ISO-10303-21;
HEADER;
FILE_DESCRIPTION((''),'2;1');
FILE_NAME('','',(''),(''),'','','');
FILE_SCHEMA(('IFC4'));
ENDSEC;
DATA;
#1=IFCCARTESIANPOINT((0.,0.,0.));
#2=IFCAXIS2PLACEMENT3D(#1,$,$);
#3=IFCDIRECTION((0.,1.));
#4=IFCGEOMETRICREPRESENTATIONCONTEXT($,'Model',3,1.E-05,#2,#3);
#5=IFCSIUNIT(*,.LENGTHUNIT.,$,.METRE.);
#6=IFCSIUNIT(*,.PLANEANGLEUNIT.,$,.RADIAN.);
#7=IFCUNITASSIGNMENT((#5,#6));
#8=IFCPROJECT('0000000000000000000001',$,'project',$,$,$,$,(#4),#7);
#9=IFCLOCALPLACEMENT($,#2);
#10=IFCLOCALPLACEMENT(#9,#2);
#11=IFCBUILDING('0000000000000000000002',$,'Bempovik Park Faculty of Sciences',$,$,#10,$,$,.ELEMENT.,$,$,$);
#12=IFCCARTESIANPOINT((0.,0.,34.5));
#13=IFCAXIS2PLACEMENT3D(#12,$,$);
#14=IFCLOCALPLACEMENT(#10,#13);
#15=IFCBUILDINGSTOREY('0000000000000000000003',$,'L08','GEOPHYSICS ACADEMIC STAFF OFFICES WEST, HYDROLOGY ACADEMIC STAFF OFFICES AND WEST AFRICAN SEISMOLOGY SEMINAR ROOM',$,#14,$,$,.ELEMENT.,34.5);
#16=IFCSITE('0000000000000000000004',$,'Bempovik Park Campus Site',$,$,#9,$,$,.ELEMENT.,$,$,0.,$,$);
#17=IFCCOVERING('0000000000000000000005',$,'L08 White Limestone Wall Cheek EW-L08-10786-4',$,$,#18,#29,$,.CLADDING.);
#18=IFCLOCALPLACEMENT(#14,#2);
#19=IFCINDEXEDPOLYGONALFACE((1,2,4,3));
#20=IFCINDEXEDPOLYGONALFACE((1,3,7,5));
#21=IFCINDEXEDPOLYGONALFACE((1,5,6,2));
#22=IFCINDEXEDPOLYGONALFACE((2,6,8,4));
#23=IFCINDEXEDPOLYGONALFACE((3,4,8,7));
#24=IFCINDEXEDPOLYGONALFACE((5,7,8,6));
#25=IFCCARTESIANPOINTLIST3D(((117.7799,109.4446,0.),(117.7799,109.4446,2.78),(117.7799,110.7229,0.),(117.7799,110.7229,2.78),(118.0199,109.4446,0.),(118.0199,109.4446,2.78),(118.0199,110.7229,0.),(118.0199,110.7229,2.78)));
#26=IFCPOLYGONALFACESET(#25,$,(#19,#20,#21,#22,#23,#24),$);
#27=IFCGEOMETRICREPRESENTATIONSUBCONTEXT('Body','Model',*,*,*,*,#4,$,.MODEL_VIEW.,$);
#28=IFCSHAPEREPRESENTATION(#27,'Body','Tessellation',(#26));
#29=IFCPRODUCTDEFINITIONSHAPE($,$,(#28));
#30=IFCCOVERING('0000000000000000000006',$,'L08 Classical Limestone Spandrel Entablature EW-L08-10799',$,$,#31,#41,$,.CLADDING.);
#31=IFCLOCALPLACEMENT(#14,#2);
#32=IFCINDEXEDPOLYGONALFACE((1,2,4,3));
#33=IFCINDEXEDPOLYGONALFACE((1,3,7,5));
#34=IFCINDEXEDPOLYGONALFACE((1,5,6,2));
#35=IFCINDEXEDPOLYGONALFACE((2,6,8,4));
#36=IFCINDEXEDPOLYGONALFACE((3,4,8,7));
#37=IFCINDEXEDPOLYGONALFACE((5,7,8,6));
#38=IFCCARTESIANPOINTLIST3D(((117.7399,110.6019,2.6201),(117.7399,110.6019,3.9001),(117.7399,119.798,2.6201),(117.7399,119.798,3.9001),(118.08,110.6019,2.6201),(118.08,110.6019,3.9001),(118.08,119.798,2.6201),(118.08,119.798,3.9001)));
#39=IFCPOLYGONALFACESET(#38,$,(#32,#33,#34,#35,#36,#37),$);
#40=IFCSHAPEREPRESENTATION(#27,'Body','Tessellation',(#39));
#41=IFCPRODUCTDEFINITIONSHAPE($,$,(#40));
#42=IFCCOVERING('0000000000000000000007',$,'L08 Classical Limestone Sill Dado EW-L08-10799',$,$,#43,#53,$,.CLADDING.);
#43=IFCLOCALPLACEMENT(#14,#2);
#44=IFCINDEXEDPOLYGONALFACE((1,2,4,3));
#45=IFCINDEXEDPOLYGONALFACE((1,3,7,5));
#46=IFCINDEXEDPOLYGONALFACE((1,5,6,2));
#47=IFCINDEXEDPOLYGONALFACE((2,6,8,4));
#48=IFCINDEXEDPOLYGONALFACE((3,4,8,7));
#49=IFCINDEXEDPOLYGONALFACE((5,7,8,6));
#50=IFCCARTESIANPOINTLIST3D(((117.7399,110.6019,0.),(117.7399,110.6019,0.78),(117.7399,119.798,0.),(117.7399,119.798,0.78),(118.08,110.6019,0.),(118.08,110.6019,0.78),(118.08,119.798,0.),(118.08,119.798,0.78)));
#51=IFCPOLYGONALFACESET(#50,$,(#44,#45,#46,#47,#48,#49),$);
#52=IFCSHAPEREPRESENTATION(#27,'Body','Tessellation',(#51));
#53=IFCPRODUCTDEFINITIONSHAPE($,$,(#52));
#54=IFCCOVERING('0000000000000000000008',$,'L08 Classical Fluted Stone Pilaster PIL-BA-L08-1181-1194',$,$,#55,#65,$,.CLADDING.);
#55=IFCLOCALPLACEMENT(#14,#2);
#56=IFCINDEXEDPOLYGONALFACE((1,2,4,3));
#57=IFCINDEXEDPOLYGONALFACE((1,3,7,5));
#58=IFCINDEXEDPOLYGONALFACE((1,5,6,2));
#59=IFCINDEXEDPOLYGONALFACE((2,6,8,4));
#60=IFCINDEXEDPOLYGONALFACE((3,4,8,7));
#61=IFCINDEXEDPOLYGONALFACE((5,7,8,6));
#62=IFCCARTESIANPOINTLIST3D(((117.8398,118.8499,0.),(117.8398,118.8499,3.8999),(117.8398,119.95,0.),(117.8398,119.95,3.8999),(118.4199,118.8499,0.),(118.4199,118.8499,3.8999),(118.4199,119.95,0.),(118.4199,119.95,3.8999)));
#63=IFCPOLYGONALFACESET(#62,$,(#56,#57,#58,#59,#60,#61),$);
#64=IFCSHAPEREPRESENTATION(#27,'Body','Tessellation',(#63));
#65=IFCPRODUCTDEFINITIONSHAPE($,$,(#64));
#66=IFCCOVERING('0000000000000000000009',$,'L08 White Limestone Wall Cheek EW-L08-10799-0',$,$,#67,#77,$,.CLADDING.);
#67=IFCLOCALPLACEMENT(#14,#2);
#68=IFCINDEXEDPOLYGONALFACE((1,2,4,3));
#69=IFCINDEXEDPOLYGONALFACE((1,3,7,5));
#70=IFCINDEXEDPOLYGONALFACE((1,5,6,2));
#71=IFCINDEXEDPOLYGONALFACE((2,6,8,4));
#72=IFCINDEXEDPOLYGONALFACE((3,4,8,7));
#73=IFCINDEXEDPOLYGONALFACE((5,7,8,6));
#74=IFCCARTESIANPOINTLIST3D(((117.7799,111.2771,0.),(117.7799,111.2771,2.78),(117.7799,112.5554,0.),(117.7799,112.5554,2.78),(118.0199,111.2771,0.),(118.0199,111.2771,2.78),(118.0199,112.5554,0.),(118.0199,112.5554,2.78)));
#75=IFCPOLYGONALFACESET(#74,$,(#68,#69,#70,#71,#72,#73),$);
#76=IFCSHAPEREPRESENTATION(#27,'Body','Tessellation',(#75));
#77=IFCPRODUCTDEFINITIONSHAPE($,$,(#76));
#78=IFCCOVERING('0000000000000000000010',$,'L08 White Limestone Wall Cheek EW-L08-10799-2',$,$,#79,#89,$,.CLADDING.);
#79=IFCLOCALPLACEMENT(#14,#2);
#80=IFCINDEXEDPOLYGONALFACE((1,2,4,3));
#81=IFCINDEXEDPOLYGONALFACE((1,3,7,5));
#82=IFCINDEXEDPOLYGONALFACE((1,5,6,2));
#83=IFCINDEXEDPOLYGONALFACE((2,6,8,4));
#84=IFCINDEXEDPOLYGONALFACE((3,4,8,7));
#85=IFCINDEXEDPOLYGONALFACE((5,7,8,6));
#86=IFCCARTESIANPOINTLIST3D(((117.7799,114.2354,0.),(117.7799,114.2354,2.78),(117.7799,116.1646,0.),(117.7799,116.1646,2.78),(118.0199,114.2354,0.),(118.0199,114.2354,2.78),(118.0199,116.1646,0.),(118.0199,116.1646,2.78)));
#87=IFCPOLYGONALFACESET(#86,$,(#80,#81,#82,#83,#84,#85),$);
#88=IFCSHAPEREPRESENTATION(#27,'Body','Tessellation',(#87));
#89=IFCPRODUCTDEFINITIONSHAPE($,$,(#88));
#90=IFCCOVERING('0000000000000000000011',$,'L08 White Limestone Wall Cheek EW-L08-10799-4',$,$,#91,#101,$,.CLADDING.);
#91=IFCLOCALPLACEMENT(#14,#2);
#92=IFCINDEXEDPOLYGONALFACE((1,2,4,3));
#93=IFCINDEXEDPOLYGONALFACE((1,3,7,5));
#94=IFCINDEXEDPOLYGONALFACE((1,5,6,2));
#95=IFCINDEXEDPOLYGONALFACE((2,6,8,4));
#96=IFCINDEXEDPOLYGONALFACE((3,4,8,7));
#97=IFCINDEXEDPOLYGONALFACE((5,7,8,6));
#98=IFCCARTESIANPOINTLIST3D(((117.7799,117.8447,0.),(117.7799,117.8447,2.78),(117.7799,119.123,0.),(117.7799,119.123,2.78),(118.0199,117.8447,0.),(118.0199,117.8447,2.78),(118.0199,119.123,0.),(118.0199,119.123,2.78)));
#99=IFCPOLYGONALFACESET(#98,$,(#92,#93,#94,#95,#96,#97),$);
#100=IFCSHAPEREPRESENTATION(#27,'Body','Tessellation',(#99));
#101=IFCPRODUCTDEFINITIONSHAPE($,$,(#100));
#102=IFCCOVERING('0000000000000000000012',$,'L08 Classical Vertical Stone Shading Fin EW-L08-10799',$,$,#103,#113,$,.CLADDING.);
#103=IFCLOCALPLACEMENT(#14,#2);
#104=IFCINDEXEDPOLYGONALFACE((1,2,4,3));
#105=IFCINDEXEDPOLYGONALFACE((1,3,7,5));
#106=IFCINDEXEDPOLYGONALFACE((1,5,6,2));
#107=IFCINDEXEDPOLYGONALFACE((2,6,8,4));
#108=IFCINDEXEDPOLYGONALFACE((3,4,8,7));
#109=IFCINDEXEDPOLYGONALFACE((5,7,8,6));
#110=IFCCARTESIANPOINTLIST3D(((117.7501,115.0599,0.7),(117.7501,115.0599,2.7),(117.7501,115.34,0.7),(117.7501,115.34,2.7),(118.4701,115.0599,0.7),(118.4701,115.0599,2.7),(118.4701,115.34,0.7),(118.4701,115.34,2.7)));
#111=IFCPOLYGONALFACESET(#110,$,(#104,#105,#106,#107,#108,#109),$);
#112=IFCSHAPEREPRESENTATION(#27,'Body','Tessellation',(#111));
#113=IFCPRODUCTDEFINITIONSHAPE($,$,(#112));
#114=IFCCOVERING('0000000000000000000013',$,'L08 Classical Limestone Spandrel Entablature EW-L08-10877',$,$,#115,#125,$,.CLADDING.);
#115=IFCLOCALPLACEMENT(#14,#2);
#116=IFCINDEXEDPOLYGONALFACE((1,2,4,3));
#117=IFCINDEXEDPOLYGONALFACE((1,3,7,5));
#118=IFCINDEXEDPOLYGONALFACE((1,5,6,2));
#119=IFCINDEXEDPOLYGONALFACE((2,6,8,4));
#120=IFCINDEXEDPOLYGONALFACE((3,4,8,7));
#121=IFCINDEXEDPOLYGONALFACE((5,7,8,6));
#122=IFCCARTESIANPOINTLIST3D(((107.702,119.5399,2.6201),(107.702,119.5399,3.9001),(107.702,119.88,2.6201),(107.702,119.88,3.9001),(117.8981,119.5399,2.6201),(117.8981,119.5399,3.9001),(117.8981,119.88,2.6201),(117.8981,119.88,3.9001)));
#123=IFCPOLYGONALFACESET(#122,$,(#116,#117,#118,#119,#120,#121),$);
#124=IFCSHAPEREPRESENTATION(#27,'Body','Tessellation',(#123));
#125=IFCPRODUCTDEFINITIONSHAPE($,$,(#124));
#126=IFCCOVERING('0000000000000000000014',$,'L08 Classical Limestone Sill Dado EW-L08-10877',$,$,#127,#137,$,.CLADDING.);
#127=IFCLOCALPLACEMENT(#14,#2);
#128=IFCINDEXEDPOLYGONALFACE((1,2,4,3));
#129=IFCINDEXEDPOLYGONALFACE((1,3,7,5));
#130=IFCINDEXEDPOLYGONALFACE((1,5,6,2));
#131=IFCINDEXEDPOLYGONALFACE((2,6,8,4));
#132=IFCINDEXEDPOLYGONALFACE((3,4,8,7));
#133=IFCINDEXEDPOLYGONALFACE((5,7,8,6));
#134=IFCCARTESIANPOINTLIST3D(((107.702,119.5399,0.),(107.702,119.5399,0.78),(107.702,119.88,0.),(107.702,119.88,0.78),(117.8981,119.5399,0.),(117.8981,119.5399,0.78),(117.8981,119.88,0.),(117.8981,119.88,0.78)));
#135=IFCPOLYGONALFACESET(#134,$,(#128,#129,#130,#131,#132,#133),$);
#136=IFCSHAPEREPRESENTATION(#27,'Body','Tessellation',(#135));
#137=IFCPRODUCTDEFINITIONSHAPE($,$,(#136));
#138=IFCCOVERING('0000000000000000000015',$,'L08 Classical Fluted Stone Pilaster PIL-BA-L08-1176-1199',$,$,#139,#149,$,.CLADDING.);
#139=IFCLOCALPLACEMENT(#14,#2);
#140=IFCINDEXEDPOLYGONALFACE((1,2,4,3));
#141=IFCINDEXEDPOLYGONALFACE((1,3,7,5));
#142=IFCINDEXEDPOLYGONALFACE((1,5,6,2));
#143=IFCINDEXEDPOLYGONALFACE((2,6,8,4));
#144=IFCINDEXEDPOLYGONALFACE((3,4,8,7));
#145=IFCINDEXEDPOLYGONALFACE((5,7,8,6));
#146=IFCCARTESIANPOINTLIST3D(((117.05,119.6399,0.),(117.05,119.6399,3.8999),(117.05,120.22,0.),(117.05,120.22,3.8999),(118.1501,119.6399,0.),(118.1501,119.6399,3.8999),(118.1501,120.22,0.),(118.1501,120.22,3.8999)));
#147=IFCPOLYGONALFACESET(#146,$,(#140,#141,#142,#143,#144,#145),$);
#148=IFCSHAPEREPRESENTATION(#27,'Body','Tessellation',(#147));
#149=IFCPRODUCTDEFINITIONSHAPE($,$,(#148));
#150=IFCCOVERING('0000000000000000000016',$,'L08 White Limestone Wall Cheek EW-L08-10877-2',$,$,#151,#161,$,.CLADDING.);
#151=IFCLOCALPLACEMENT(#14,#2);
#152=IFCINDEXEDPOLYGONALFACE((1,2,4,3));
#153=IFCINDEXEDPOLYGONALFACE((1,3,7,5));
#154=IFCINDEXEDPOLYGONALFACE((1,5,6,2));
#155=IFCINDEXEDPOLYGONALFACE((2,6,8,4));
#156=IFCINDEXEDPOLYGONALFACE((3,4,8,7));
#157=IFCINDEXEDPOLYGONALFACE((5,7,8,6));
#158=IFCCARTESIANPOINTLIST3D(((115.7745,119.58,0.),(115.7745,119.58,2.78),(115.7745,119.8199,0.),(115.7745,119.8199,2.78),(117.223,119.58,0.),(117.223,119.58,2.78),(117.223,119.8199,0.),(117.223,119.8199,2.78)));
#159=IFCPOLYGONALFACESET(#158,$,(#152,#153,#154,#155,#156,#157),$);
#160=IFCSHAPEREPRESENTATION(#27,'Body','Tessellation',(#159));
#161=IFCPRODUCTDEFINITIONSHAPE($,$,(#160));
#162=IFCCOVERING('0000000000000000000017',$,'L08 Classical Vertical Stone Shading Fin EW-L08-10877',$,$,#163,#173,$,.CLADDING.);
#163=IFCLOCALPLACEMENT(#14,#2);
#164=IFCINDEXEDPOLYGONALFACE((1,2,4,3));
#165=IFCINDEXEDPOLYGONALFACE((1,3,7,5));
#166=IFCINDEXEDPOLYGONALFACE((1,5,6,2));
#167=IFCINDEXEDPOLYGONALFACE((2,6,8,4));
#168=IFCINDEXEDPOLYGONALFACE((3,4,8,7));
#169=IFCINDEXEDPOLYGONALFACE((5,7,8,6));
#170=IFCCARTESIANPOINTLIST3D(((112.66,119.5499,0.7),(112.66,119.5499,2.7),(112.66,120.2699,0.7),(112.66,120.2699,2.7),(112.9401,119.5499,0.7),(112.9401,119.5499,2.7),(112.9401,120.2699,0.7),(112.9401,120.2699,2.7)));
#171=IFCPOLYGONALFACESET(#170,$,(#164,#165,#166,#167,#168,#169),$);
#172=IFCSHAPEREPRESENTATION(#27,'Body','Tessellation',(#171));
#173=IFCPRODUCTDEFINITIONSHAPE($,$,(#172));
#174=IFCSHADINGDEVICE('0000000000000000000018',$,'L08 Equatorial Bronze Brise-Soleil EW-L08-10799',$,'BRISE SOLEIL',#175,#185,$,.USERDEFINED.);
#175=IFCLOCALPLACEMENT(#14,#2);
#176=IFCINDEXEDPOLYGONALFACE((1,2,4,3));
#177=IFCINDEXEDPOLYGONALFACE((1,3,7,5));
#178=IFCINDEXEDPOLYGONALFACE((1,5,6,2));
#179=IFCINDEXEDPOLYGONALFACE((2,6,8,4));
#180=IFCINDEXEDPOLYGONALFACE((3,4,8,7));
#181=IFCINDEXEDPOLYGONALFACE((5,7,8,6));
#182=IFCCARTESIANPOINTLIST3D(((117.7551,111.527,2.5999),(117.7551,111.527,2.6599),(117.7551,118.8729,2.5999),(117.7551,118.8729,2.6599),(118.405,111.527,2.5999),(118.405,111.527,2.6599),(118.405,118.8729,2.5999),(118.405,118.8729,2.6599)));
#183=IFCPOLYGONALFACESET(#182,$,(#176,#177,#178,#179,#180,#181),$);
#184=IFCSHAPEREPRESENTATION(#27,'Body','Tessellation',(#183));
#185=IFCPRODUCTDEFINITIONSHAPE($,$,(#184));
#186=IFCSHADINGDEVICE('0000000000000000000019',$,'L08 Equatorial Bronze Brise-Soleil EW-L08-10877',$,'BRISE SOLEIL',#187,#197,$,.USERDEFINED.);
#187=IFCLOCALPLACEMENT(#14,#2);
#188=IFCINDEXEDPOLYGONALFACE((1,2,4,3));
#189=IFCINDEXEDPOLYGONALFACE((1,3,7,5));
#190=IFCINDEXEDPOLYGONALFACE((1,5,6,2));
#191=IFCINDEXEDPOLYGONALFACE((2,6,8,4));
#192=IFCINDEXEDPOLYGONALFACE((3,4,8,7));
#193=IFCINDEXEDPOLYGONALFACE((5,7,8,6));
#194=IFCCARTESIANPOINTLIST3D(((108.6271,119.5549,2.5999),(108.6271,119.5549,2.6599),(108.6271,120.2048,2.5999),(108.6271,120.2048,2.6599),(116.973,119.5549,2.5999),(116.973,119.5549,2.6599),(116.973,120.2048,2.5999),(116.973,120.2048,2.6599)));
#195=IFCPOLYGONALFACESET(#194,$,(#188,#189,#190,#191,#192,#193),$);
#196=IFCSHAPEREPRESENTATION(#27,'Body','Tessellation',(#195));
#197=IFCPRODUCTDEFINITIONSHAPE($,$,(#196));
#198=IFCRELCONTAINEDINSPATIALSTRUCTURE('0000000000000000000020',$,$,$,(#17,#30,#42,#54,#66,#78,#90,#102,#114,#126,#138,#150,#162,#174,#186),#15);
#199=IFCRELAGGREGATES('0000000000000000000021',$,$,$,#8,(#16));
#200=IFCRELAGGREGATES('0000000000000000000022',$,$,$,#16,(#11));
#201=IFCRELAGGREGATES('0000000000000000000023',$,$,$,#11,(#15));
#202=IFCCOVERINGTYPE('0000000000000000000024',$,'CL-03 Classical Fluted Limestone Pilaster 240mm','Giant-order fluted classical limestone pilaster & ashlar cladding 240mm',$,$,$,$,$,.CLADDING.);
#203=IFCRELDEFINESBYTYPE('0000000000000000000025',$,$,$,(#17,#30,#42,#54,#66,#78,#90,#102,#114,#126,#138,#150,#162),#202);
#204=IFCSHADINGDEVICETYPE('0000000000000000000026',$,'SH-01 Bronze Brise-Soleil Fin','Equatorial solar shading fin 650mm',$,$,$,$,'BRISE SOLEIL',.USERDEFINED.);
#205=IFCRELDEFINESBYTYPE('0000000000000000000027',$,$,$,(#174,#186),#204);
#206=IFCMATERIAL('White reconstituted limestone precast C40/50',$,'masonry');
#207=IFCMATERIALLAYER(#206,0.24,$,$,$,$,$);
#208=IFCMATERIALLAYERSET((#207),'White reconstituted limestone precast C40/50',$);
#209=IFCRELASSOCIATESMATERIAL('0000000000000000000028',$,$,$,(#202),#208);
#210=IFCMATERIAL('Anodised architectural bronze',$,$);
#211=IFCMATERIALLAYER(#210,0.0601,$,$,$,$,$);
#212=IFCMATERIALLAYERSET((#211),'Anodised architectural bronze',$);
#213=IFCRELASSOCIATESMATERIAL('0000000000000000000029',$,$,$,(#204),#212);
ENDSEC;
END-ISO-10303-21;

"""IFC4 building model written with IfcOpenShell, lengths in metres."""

from ifc_helpers import new_model, si_unit, direction, frame, origin, origin_2d, place, context, subcontext, project, spatial, rectangle, extrude, material, layer, layer_set, type_object, element, save


model = new_model("IFC4")

# Units and contexts
model_context = context("Model", 3, precision=1e-05, world=origin(), true_north=direction((0.0, 1.0)))
body_context = subcontext(model_context, "Body", "Model", "MODEL_VIEW")
ifc_project = project(units=[si_unit("LENGTHUNIT", "METRE"), si_unit("PLANEANGLEUNIT", "RADIAN")], contexts=[model_context])

# Site, building, storey
site_placement = place(None, origin())
site = spatial("IfcSite", under=ifc_project, at=site_placement, Name="Bempovik Park Campus Site", CompositionType="ELEMENT", RefElevation=0.0)
building_placement = place(site_placement, origin())
building = spatial("IfcBuilding", under=site, at=building_placement, Name="Bempovik Park Faculty of Sciences", CompositionType="ELEMENT")
storey_placement = place(building_placement, frame((0.0, 0.0, 34.5)))
storey = spatial("IfcBuildingStorey", under=building, at=storey_placement, Name="L08", Description="GEOPHYSICS ACADEMIC STAFF OFFICES WEST, HYDROLOGY ACADEMIC STAFF OFFICES AND WEST AFRICAN SEISMOLOGY SEMINAR ROOM", CompositionType="ELEMENT", Elevation=34.5)

# Coverings
ifc_material_1 = material(Name="White reconstituted limestone precast C40/50", Category="masonry")
ifc_layer_1 = layer(ifc_material_1, 0.24)
ifc_layer_set_1 = layer_set([ifc_layer_1], Name="White reconstituted limestone precast C40/50")
covering_type_1 = type_object("IfcCoveringType", Name="CL-03 Classical Fluted Limestone Pilaster 240mm", Description="Giant-order fluted classical limestone pilaster & ashlar cladding 240mm", PredefinedType="CLADDING", material=ifc_layer_set_1)
covering_1_placement = place(storey_placement, frame((117.8999, 110.0837, 0.0), z_axis=(0.0, 0.0, 1.0), x_axis=(1.0, 0.0, 0.0)))
element("IfcCovering", 1, at=covering_1_placement, inside=storey, type_object=covering_type_1, Name="L08 White Limestone Wall Cheek EW-L08-10786-4", PredefinedType="CLADDING", context=body_context, shape_type="SweptSolid", body=[
    extrude(rectangle(XDim=0.24, YDim=1.2783, at=origin_2d()), origin(), (0.0, 0.0, 1.0), 2.78),
])
covering_2_placement = place(storey_placement, frame((117.9099, 115.2, 2.6201), z_axis=(0.0, 0.0, 1.0), x_axis=(1.0, 0.0, 0.0)))
element("IfcCovering", 2, at=covering_2_placement, inside=storey, type_object=covering_type_1, Name="L08 Classical Limestone Spandrel Entablature EW-L08-10799", PredefinedType="CLADDING", context=body_context, shape_type="SweptSolid", body=[
    extrude(rectangle(XDim=0.3401, YDim=9.196, at=origin_2d()), origin(), (0.0, 0.0, 1.0), 1.28),
])
covering_3_placement = place(storey_placement, frame((117.9099, 115.2, 0.0), z_axis=(0.0, 0.0, 1.0), x_axis=(1.0, 0.0, 0.0)))
element("IfcCovering", 3, at=covering_3_placement, inside=storey, type_object=covering_type_1, Name="L08 Classical Limestone Sill Dado EW-L08-10799", PredefinedType="CLADDING", context=body_context, shape_type="SweptSolid", body=[
    extrude(rectangle(XDim=0.3401, YDim=9.196, at=origin_2d()), origin(), (0.0, 0.0, 1.0), 0.78),
])
covering_4_placement = place(storey_placement, frame((118.1299, 119.3999, 0.0), z_axis=(0.0, 0.0, 1.0), x_axis=(1.0, 0.0, 0.0)))
element("IfcCovering", 4, at=covering_4_placement, inside=storey, type_object=covering_type_1, Name="L08 Classical Fluted Stone Pilaster PIL-BA-L08-1181-1194", PredefinedType="CLADDING", context=body_context, shape_type="SweptSolid", body=[
    extrude(rectangle(XDim=0.5801, YDim=1.1001, at=origin_2d()), origin(), (0.0, 0.0, 1.0), 3.8999),
])
covering_5_placement = place(storey_placement, frame((117.8999, 111.9163, 0.0), z_axis=(0.0, 0.0, 1.0), x_axis=(1.0, 0.0, 0.0)))
element("IfcCovering", 5, at=covering_5_placement, inside=storey, type_object=covering_type_1, Name="L08 White Limestone Wall Cheek EW-L08-10799-0", PredefinedType="CLADDING", context=body_context, shape_type="SweptSolid", body=[
    extrude(rectangle(XDim=0.24, YDim=1.2783, at=origin_2d()), origin(), (0.0, 0.0, 1.0), 2.78),
])
covering_6_placement = place(storey_placement, frame((117.8999, 115.2, 0.0), z_axis=(0.0, 0.0, 1.0), x_axis=(1.0, 0.0, 0.0)))
element("IfcCovering", 6, at=covering_6_placement, inside=storey, type_object=covering_type_1, Name="L08 White Limestone Wall Cheek EW-L08-10799-2", PredefinedType="CLADDING", context=body_context, shape_type="SweptSolid", body=[
    extrude(rectangle(XDim=0.24, YDim=1.9292, at=origin_2d()), origin(), (0.0, 0.0, 1.0), 2.78),
])
covering_7_placement = place(storey_placement, frame((117.8999, 118.4839, 0.0), z_axis=(0.0, 0.0, 1.0), x_axis=(1.0, 0.0, 0.0)))
element("IfcCovering", 7, at=covering_7_placement, inside=storey, type_object=covering_type_1, Name="L08 White Limestone Wall Cheek EW-L08-10799-4", PredefinedType="CLADDING", context=body_context, shape_type="SweptSolid", body=[
    extrude(rectangle(XDim=0.24, YDim=1.2783, at=origin_2d()), origin(), (0.0, 0.0, 1.0), 2.78),
])
covering_8_placement = place(storey_placement, frame((118.1101, 115.2, 0.7), z_axis=(0.0, 0.0, 1.0), x_axis=(1.0, 0.0, 0.0)))
element("IfcCovering", 8, at=covering_8_placement, inside=storey, type_object=covering_type_1, Name="L08 Classical Vertical Stone Shading Fin EW-L08-10799", PredefinedType="CLADDING", context=body_context, shape_type="SweptSolid", body=[
    extrude(rectangle(XDim=0.72, YDim=0.28, at=origin_2d()), origin(), (0.0, 0.0, 1.0), 2.0),
])
covering_9_placement = place(storey_placement, frame((112.8, 119.71, 2.6201), z_axis=(0.0, 0.0, 1.0), x_axis=(1.0, 0.0, 0.0)))
element("IfcCovering", 9, at=covering_9_placement, inside=storey, type_object=covering_type_1, Name="L08 Classical Limestone Spandrel Entablature EW-L08-10877", PredefinedType="CLADDING", context=body_context, shape_type="SweptSolid", body=[
    extrude(rectangle(XDim=10.196, YDim=0.3401, at=origin_2d()), origin(), (0.0, 0.0, 1.0), 1.28),
])
covering_10_placement = place(storey_placement, frame((112.8, 119.71, 0.0), z_axis=(0.0, 0.0, 1.0), x_axis=(1.0, 0.0, 0.0)))
element("IfcCovering", 10, at=covering_10_placement, inside=storey, type_object=covering_type_1, Name="L08 Classical Limestone Sill Dado EW-L08-10877", PredefinedType="CLADDING", context=body_context, shape_type="SweptSolid", body=[
    extrude(rectangle(XDim=10.196, YDim=0.3401, at=origin_2d()), origin(), (0.0, 0.0, 1.0), 0.78),
])
covering_11_placement = place(storey_placement, frame((117.6001, 119.9299, 0.0), z_axis=(0.0, 0.0, 1.0), x_axis=(1.0, 0.0, 0.0)))
element("IfcCovering", 11, at=covering_11_placement, inside=storey, type_object=covering_type_1, Name="L08 Classical Fluted Stone Pilaster PIL-BA-L08-1176-1199", PredefinedType="CLADDING", context=body_context, shape_type="SweptSolid", body=[
    extrude(rectangle(XDim=1.1001, YDim=0.5801, at=origin_2d()), origin(), (0.0, 0.0, 1.0), 3.8999),
])
covering_12_placement = place(storey_placement, frame((116.4988, 119.7, 0.0), z_axis=(0.0, 0.0, 1.0), x_axis=(1.0, 0.0, 0.0)))
element("IfcCovering", 12, at=covering_12_placement, inside=storey, type_object=covering_type_1, Name="L08 White Limestone Wall Cheek EW-L08-10877-2", PredefinedType="CLADDING", context=body_context, shape_type="SweptSolid", body=[
    extrude(rectangle(XDim=1.4485, YDim=0.24, at=origin_2d()), origin(), (0.0, 0.0, 1.0), 2.78),
])
covering_13_placement = place(storey_placement, frame((112.8, 119.9099, 0.7), z_axis=(0.0, 0.0, 1.0), x_axis=(1.0, 0.0, 0.0)))
element("IfcCovering", 13, at=covering_13_placement, inside=storey, type_object=covering_type_1, Name="L08 Classical Vertical Stone Shading Fin EW-L08-10877", PredefinedType="CLADDING", context=body_context, shape_type="SweptSolid", body=[
    extrude(rectangle(XDim=0.28, YDim=0.72, at=origin_2d()), origin(), (0.0, 0.0, 1.0), 2.0),
])

# Shading devices
ifc_material_2 = material(Name="Anodised architectural bronze")
ifc_layer_2 = layer(ifc_material_2, 0.0601)
ifc_layer_set_2 = layer_set([ifc_layer_2], Name="Anodised architectural bronze")
shading_device_type = type_object("IfcShadingDeviceType", Name="SH-01 Bronze Brise-Soleil Fin", Description="Equatorial solar shading fin 650mm", ElementType="BRISE SOLEIL", PredefinedType="USERDEFINED", material=ifc_layer_set_2)
shading_device_1_placement = place(storey_placement, frame((118.0801, 115.2, 2.5999), z_axis=(0.0, 0.0, 1.0), x_axis=(1.0, 0.0, 0.0)))
element("IfcShadingDevice", 14, at=shading_device_1_placement, inside=storey, type_object=shading_device_type, Name="L08 Equatorial Bronze Brise-Soleil EW-L08-10799", ObjectType="BRISE SOLEIL", PredefinedType="USERDEFINED", context=body_context, shape_type="SweptSolid", body=[
    extrude(rectangle(XDim=0.6499, YDim=7.3459, at=origin_2d()), origin(), (0.0, 0.0, 1.0), 0.0601),
])
shading_device_2_placement = place(storey_placement, frame((112.8, 119.8799, 2.5999), z_axis=(0.0, 0.0, 1.0), x_axis=(1.0, 0.0, 0.0)))
element("IfcShadingDevice", 15, at=shading_device_2_placement, inside=storey, type_object=shading_device_type, Name="L08 Equatorial Bronze Brise-Soleil EW-L08-10877", ObjectType="BRISE SOLEIL", PredefinedType="USERDEFINED", context=body_context, shape_type="SweptSolid", body=[
    extrude(rectangle(XDim=8.3459, YDim=0.6499, at=origin_2d()), origin(), (0.0, 0.0, 1.0), 0.0601),
])

save(model, "model.ifc")
